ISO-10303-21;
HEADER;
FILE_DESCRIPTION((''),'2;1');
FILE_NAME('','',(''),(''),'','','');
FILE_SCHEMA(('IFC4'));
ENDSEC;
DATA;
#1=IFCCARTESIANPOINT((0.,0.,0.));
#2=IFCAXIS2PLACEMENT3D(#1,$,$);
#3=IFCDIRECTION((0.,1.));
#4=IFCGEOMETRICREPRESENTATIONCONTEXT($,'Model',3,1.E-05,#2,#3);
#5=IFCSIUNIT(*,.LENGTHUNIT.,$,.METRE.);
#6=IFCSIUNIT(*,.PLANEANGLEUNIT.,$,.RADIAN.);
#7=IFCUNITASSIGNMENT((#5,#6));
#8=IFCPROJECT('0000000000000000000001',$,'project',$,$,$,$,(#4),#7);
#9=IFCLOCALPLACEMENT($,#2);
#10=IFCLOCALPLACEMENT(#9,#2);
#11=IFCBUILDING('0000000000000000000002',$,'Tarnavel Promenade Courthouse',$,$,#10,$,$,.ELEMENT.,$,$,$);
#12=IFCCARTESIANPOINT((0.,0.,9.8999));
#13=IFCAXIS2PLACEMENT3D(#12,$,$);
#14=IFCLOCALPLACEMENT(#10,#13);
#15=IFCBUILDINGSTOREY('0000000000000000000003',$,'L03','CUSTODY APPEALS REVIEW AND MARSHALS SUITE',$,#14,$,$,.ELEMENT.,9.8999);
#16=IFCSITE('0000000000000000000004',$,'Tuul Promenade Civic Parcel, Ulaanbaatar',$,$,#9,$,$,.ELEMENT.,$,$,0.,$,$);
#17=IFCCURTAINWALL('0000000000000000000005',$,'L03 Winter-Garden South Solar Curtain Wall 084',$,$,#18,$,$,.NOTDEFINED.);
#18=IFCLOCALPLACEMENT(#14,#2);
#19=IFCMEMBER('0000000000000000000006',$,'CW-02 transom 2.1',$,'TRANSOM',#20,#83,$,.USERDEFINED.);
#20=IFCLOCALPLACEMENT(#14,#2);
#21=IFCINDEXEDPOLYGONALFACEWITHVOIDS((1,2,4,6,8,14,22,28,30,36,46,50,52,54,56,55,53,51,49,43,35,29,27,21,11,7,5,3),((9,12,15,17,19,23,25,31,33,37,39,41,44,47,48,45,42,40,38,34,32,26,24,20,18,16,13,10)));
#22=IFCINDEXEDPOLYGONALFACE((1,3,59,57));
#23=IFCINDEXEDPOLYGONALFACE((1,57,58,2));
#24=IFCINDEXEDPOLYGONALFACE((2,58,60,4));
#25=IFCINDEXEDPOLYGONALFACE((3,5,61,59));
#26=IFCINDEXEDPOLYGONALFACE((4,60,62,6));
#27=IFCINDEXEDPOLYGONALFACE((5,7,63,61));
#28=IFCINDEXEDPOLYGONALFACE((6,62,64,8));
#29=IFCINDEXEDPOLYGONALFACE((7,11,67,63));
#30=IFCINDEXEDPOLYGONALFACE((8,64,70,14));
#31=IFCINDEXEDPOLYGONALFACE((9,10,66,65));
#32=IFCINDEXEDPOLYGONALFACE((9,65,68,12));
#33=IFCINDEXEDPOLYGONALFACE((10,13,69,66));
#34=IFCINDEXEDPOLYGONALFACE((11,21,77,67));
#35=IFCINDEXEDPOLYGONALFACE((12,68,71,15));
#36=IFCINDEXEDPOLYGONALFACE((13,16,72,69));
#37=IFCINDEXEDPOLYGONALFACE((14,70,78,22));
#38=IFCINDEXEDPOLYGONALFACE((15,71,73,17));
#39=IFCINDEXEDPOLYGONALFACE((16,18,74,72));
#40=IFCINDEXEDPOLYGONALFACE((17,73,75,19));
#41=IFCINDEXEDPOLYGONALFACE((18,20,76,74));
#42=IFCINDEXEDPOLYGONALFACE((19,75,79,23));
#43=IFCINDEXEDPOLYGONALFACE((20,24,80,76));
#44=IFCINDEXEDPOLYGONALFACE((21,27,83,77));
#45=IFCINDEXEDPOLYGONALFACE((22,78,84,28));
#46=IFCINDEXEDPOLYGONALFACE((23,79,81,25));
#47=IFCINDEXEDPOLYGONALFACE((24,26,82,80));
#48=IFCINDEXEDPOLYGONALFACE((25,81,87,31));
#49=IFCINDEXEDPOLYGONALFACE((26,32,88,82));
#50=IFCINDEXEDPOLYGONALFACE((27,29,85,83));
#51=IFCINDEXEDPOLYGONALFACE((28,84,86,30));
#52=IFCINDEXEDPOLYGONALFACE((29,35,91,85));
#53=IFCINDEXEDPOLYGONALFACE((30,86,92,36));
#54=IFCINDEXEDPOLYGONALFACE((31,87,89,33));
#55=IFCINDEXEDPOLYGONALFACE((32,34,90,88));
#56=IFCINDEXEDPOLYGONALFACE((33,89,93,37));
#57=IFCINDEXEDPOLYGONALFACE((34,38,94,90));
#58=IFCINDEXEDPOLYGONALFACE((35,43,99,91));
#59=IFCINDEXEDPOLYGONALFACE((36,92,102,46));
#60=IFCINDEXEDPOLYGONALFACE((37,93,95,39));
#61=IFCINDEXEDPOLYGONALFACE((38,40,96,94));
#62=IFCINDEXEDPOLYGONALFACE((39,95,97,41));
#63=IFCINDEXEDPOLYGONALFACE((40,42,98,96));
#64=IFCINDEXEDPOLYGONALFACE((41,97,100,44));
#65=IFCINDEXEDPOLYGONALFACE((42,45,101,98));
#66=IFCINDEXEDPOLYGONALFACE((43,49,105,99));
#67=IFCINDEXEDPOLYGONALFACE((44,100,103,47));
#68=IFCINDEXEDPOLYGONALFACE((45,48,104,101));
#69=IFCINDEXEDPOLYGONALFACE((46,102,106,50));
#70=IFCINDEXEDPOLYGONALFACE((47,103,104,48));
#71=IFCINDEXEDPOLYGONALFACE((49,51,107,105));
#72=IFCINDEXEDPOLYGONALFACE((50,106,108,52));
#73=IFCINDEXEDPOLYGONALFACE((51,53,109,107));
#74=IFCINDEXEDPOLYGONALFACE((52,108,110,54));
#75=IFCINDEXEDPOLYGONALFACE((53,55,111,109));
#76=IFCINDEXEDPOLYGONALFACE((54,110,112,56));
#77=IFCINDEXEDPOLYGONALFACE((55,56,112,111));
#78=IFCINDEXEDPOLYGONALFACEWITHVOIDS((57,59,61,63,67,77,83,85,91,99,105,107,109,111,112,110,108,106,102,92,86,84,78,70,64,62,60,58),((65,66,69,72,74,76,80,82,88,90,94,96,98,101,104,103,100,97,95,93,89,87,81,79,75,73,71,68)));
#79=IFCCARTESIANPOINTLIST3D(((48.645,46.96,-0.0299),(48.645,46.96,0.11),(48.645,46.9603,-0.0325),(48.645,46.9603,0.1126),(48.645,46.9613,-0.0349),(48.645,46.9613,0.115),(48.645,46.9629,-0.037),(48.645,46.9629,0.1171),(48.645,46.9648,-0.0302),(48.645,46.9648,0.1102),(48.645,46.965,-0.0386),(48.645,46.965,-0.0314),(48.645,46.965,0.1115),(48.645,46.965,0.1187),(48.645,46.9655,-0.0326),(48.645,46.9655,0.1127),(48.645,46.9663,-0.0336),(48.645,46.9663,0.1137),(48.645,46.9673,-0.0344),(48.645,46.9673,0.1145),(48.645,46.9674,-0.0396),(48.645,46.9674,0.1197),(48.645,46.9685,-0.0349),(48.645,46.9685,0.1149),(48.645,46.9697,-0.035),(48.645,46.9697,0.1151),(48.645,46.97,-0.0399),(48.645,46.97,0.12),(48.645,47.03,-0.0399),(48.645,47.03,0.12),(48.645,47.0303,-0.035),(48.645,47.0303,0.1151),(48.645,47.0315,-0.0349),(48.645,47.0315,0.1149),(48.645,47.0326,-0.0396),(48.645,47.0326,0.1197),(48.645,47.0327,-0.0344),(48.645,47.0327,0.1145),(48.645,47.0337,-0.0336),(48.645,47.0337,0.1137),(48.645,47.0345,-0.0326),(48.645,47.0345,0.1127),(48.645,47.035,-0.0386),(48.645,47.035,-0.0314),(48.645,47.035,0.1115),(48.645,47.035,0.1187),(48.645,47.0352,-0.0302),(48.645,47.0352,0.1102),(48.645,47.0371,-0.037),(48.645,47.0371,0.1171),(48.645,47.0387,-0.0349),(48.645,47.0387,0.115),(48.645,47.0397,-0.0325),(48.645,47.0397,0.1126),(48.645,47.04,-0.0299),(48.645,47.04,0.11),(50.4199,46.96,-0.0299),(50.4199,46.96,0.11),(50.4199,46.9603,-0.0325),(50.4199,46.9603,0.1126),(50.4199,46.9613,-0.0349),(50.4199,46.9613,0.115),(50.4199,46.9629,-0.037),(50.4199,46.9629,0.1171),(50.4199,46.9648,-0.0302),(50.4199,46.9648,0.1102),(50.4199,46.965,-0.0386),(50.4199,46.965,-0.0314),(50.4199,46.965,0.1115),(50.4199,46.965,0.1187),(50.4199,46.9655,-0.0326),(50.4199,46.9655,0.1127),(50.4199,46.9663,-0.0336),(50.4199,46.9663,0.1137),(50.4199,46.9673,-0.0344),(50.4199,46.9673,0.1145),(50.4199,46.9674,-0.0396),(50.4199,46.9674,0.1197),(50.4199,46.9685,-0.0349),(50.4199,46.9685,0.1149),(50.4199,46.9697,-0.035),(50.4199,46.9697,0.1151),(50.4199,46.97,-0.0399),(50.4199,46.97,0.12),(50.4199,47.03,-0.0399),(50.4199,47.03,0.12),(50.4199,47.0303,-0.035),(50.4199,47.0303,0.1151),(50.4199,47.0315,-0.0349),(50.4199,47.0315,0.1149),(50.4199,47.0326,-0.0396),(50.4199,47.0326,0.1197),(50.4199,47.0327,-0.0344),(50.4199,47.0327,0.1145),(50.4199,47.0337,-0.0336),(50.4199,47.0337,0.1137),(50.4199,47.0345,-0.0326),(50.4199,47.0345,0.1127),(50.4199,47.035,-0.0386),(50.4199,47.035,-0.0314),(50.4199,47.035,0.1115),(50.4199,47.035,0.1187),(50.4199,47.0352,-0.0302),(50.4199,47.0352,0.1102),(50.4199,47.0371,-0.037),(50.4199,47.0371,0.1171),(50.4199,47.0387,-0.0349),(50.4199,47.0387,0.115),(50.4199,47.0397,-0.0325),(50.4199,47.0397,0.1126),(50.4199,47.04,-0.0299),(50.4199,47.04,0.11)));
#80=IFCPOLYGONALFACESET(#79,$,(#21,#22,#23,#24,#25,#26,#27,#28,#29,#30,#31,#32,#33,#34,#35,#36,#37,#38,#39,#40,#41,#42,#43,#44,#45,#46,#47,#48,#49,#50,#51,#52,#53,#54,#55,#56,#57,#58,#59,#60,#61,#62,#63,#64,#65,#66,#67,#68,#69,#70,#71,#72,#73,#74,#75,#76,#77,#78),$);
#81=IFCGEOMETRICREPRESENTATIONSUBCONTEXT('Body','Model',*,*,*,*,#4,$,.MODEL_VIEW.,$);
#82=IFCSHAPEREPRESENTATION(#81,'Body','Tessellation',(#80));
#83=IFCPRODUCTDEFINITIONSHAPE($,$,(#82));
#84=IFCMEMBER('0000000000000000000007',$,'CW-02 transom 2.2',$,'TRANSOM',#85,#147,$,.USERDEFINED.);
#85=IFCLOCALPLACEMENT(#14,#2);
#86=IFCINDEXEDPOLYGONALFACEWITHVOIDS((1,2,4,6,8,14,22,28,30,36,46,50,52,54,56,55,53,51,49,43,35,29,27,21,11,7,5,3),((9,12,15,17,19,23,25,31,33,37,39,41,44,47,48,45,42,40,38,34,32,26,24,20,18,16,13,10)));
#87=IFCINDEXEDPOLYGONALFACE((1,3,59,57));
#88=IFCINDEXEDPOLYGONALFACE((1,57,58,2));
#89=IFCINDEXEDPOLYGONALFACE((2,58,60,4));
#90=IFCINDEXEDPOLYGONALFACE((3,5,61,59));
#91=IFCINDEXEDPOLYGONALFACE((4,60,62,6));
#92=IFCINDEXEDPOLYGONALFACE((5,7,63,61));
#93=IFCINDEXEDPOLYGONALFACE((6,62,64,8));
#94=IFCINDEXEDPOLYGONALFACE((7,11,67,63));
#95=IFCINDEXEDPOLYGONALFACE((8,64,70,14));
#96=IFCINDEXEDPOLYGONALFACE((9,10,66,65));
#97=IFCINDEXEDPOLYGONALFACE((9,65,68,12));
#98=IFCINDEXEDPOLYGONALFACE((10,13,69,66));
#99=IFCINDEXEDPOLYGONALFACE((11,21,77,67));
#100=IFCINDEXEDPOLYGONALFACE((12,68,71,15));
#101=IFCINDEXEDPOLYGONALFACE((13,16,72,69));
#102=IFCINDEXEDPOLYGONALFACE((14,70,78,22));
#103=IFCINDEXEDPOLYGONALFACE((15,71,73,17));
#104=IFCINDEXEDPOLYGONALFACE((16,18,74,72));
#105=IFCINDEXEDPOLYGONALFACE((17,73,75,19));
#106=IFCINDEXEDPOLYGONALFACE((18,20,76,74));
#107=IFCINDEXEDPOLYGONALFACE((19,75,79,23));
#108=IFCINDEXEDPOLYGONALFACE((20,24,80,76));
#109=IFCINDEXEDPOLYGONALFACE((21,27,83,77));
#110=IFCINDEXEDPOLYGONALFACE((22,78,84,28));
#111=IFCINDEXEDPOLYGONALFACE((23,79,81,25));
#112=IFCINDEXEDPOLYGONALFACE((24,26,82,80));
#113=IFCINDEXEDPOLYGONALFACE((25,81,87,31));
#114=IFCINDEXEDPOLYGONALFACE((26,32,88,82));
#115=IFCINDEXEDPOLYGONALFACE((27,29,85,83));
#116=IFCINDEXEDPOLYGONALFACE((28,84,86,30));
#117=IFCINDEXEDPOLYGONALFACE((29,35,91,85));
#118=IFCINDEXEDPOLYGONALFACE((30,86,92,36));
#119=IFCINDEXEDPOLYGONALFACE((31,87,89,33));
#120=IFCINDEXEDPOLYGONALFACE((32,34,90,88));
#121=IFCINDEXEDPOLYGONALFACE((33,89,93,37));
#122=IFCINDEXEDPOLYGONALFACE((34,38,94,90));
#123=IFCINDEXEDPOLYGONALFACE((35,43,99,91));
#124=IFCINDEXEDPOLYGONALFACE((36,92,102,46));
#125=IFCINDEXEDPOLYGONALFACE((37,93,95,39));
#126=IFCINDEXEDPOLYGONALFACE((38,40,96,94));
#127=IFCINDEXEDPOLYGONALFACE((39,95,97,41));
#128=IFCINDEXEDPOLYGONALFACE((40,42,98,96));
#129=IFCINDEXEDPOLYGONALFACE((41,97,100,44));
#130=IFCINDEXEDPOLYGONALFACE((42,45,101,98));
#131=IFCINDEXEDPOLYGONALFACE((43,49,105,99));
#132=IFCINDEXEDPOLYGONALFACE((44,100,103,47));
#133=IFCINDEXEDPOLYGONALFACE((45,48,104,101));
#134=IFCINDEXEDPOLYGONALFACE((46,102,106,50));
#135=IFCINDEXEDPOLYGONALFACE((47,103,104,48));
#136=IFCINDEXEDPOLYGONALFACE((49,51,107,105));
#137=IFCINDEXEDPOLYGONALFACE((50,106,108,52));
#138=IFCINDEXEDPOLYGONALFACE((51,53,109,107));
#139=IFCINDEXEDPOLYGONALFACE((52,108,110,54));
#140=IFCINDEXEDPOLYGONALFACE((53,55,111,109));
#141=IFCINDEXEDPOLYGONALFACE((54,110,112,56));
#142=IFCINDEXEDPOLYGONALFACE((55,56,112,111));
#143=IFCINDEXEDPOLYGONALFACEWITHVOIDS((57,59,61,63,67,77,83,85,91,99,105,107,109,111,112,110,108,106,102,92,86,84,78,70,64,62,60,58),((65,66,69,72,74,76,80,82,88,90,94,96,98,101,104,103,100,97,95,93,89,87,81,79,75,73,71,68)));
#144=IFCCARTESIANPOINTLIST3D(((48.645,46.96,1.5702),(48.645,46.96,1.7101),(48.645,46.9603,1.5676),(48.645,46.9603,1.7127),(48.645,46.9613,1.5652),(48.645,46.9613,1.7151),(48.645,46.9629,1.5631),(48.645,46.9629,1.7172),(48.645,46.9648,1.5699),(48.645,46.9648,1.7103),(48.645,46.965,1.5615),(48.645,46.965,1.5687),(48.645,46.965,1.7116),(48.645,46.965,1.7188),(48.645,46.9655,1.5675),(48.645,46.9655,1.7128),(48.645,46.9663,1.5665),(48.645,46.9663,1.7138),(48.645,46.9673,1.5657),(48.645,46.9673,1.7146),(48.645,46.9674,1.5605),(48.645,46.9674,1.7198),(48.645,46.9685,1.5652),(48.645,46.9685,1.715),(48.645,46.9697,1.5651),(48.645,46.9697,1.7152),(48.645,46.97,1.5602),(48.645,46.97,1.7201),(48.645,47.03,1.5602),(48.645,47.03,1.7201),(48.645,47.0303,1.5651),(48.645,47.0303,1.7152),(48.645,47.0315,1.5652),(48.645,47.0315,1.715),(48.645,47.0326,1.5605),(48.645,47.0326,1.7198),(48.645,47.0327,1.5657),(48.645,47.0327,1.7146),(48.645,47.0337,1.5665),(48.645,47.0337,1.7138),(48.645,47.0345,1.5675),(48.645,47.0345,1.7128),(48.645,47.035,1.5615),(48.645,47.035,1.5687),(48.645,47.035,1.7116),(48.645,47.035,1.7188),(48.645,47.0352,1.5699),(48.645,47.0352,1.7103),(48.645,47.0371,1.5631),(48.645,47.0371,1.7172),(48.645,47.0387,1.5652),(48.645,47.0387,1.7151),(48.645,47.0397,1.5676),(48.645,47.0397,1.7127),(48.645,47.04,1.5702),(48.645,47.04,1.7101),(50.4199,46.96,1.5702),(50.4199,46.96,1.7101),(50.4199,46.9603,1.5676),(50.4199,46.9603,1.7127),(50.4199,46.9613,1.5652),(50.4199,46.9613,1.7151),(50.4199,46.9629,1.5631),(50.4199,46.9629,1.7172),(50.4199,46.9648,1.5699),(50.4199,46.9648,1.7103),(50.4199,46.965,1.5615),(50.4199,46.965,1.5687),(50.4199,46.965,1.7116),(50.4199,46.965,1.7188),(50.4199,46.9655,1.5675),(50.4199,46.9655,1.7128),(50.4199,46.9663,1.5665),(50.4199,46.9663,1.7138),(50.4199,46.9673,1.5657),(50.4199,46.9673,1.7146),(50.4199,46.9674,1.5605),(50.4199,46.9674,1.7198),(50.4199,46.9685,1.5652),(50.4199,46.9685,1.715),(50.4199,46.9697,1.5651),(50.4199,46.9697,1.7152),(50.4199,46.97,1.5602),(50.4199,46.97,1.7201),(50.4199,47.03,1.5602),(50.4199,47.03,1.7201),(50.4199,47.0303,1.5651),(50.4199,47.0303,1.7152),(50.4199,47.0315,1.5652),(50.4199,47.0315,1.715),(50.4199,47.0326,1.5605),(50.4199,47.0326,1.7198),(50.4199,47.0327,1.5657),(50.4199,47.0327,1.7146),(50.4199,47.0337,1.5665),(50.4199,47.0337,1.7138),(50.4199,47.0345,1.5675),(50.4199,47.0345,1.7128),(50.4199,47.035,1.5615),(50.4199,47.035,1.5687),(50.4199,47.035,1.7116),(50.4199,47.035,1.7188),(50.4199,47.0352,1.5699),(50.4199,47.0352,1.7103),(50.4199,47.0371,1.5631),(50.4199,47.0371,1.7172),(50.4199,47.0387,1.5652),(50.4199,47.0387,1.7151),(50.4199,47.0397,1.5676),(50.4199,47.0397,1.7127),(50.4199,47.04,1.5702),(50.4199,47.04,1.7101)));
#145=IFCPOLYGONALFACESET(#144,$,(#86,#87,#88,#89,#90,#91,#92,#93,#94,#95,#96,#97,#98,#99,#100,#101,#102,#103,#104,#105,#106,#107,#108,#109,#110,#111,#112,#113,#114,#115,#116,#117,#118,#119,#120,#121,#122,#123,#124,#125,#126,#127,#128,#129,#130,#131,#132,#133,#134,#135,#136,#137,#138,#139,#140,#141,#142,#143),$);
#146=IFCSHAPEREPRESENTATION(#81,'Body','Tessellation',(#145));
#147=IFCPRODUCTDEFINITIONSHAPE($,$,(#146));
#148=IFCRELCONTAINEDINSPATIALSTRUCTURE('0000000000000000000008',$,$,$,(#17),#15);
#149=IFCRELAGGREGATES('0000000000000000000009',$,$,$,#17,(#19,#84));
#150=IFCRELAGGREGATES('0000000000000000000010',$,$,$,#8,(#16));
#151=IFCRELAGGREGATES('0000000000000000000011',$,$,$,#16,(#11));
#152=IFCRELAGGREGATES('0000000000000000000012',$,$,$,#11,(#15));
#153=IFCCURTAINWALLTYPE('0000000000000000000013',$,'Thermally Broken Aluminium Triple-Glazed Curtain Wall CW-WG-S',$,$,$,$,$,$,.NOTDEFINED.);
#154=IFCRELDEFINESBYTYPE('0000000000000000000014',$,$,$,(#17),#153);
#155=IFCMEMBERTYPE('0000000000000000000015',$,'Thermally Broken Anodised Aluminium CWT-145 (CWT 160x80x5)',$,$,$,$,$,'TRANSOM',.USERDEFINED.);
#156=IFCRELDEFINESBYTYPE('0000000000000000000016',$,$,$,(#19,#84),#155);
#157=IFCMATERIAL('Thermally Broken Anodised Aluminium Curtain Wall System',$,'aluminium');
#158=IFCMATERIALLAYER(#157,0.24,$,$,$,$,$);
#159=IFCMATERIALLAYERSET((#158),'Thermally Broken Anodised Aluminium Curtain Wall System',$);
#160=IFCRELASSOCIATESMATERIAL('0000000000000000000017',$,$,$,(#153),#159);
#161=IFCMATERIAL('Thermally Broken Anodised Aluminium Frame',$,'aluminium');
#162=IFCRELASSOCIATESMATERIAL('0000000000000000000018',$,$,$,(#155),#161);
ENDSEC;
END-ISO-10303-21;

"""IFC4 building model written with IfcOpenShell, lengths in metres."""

from ifc_helpers import new_model, si_unit, direction, frame, origin, origin_2d, place, context, subcontext, project, spatial, hollow_rectangle, extrude, material, layer, layer_set, material_profile, profile_set, type_object, element, aggregate, save


model = new_model("IFC4")

# Units and contexts
model_context = context("Model", 3, precision=1e-05, world=origin(), true_north=direction((0.0, 1.0)))
body_context = subcontext(model_context, "Body", "Model", "MODEL_VIEW")
ifc_project = project(units=[si_unit("LENGTHUNIT", "METRE"), si_unit("PLANEANGLEUNIT", "RADIAN")], contexts=[model_context])

# Site, building, storey
site_placement = place(None, origin())
site = spatial("IfcSite", under=ifc_project, at=site_placement, Name="Tuul Promenade Civic Parcel, Ulaanbaatar", CompositionType="ELEMENT", RefElevation=0.0)
building_placement = place(site_placement, origin())
building = spatial("IfcBuilding", under=site, at=building_placement, Name="Tarnavel Promenade Courthouse", CompositionType="ELEMENT")
storey_placement = place(building_placement, frame((0.0, 0.0, 9.8999)))
storey = spatial("IfcBuildingStorey", under=building, at=storey_placement, Name="L03", Description="CUSTODY APPEALS REVIEW AND MARSHALS SUITE", CompositionType="ELEMENT", Elevation=9.8999)

# Shared definitions
ifc_material_1 = material(Name="Thermally Broken Anodised Aluminium Curtain Wall System", Category="aluminium")
ifc_layer_1 = layer(ifc_material_1, 0.24)
ifc_layer_set_1 = layer_set([ifc_layer_1], Name="Thermally Broken Anodised Aluminium Curtain Wall System")
curtain_wall_type = type_object("IfcCurtainWallType", Name="Thermally Broken Aluminium Triple-Glazed Curtain Wall CW-WG-S", PredefinedType="NOTDEFINED", material=ifc_layer_set_1)
ifc_material_2 = material(Name="Thermally Broken Anodised Aluminium Frame", Category="aluminium")

# Curtain wall, members
curtain_wall_1_placement = place(storey_placement, origin())
curtain_wall_1 = element("IfcCurtainWall", 1, at=curtain_wall_1_placement, inside=storey, type_object=curtain_wall_type, Name="L03 Winter-Garden South Solar Curtain Wall 084", PredefinedType="NOTDEFINED")
ifc_material_profile_1 = material_profile(ifc_material_2, hollow_rectangle(XDim=0.0801, YDim=0.1599, WallThickness=0.0049, InnerFilletRadius=0.0049, OuterFilletRadius=0.01, at=origin_2d()), Name="CWT 160x80x5")
ifc_profile_set_1 = profile_set([ifc_material_profile_1], Name="Thermally Broken Anodised Aluminium Frame")
member_type_1 = type_object("IfcMemberType", Name="Thermally Broken Anodised Aluminium CWT-145 (CWT 160x80x5)", ElementType="TRANSOM", PredefinedType="USERDEFINED", material=ifc_profile_set_1)
member_1_placement = place(storey_placement, frame((48.645, 47.0, 0.04), z_axis=(1.0, 0.0, 0.0), x_axis=(0.0, 1.0, 0.0)))
member_1 = element("IfcMember", 2, at=member_1_placement, type_object=member_type_1, Name="CW-02 transom 2.1", ObjectType="TRANSOM", PredefinedType="USERDEFINED", context=body_context, shape_type="SweptSolid", body=[
    extrude(hollow_rectangle(XDim=0.0801, YDim=0.1599, WallThickness=0.0049, InnerFilletRadius=0.0049, OuterFilletRadius=0.01, at=origin_2d()), origin(), (0.0, 0.0, 1.0), 1.7749),
])
member_2_placement = place(storey_placement, frame((48.645, 47.0, 1.6401), z_axis=(1.0, 0.0, 0.0), x_axis=(0.0, 1.0, 0.0)))
member_2 = element("IfcMember", 3, at=member_2_placement, type_object=member_type_1, Name="CW-02 transom 2.2", ObjectType="TRANSOM", PredefinedType="USERDEFINED", context=body_context, shape_type="SweptSolid", body=[
    extrude(hollow_rectangle(XDim=0.0801, YDim=0.1599, WallThickness=0.0049, InnerFilletRadius=0.0049, OuterFilletRadius=0.01, at=origin_2d()), origin(), (0.0, 0.0, 1.0), 1.7749),
])

aggregate(curtain_wall_1, [member_1, member_2])

save(model, "model.ifc")
